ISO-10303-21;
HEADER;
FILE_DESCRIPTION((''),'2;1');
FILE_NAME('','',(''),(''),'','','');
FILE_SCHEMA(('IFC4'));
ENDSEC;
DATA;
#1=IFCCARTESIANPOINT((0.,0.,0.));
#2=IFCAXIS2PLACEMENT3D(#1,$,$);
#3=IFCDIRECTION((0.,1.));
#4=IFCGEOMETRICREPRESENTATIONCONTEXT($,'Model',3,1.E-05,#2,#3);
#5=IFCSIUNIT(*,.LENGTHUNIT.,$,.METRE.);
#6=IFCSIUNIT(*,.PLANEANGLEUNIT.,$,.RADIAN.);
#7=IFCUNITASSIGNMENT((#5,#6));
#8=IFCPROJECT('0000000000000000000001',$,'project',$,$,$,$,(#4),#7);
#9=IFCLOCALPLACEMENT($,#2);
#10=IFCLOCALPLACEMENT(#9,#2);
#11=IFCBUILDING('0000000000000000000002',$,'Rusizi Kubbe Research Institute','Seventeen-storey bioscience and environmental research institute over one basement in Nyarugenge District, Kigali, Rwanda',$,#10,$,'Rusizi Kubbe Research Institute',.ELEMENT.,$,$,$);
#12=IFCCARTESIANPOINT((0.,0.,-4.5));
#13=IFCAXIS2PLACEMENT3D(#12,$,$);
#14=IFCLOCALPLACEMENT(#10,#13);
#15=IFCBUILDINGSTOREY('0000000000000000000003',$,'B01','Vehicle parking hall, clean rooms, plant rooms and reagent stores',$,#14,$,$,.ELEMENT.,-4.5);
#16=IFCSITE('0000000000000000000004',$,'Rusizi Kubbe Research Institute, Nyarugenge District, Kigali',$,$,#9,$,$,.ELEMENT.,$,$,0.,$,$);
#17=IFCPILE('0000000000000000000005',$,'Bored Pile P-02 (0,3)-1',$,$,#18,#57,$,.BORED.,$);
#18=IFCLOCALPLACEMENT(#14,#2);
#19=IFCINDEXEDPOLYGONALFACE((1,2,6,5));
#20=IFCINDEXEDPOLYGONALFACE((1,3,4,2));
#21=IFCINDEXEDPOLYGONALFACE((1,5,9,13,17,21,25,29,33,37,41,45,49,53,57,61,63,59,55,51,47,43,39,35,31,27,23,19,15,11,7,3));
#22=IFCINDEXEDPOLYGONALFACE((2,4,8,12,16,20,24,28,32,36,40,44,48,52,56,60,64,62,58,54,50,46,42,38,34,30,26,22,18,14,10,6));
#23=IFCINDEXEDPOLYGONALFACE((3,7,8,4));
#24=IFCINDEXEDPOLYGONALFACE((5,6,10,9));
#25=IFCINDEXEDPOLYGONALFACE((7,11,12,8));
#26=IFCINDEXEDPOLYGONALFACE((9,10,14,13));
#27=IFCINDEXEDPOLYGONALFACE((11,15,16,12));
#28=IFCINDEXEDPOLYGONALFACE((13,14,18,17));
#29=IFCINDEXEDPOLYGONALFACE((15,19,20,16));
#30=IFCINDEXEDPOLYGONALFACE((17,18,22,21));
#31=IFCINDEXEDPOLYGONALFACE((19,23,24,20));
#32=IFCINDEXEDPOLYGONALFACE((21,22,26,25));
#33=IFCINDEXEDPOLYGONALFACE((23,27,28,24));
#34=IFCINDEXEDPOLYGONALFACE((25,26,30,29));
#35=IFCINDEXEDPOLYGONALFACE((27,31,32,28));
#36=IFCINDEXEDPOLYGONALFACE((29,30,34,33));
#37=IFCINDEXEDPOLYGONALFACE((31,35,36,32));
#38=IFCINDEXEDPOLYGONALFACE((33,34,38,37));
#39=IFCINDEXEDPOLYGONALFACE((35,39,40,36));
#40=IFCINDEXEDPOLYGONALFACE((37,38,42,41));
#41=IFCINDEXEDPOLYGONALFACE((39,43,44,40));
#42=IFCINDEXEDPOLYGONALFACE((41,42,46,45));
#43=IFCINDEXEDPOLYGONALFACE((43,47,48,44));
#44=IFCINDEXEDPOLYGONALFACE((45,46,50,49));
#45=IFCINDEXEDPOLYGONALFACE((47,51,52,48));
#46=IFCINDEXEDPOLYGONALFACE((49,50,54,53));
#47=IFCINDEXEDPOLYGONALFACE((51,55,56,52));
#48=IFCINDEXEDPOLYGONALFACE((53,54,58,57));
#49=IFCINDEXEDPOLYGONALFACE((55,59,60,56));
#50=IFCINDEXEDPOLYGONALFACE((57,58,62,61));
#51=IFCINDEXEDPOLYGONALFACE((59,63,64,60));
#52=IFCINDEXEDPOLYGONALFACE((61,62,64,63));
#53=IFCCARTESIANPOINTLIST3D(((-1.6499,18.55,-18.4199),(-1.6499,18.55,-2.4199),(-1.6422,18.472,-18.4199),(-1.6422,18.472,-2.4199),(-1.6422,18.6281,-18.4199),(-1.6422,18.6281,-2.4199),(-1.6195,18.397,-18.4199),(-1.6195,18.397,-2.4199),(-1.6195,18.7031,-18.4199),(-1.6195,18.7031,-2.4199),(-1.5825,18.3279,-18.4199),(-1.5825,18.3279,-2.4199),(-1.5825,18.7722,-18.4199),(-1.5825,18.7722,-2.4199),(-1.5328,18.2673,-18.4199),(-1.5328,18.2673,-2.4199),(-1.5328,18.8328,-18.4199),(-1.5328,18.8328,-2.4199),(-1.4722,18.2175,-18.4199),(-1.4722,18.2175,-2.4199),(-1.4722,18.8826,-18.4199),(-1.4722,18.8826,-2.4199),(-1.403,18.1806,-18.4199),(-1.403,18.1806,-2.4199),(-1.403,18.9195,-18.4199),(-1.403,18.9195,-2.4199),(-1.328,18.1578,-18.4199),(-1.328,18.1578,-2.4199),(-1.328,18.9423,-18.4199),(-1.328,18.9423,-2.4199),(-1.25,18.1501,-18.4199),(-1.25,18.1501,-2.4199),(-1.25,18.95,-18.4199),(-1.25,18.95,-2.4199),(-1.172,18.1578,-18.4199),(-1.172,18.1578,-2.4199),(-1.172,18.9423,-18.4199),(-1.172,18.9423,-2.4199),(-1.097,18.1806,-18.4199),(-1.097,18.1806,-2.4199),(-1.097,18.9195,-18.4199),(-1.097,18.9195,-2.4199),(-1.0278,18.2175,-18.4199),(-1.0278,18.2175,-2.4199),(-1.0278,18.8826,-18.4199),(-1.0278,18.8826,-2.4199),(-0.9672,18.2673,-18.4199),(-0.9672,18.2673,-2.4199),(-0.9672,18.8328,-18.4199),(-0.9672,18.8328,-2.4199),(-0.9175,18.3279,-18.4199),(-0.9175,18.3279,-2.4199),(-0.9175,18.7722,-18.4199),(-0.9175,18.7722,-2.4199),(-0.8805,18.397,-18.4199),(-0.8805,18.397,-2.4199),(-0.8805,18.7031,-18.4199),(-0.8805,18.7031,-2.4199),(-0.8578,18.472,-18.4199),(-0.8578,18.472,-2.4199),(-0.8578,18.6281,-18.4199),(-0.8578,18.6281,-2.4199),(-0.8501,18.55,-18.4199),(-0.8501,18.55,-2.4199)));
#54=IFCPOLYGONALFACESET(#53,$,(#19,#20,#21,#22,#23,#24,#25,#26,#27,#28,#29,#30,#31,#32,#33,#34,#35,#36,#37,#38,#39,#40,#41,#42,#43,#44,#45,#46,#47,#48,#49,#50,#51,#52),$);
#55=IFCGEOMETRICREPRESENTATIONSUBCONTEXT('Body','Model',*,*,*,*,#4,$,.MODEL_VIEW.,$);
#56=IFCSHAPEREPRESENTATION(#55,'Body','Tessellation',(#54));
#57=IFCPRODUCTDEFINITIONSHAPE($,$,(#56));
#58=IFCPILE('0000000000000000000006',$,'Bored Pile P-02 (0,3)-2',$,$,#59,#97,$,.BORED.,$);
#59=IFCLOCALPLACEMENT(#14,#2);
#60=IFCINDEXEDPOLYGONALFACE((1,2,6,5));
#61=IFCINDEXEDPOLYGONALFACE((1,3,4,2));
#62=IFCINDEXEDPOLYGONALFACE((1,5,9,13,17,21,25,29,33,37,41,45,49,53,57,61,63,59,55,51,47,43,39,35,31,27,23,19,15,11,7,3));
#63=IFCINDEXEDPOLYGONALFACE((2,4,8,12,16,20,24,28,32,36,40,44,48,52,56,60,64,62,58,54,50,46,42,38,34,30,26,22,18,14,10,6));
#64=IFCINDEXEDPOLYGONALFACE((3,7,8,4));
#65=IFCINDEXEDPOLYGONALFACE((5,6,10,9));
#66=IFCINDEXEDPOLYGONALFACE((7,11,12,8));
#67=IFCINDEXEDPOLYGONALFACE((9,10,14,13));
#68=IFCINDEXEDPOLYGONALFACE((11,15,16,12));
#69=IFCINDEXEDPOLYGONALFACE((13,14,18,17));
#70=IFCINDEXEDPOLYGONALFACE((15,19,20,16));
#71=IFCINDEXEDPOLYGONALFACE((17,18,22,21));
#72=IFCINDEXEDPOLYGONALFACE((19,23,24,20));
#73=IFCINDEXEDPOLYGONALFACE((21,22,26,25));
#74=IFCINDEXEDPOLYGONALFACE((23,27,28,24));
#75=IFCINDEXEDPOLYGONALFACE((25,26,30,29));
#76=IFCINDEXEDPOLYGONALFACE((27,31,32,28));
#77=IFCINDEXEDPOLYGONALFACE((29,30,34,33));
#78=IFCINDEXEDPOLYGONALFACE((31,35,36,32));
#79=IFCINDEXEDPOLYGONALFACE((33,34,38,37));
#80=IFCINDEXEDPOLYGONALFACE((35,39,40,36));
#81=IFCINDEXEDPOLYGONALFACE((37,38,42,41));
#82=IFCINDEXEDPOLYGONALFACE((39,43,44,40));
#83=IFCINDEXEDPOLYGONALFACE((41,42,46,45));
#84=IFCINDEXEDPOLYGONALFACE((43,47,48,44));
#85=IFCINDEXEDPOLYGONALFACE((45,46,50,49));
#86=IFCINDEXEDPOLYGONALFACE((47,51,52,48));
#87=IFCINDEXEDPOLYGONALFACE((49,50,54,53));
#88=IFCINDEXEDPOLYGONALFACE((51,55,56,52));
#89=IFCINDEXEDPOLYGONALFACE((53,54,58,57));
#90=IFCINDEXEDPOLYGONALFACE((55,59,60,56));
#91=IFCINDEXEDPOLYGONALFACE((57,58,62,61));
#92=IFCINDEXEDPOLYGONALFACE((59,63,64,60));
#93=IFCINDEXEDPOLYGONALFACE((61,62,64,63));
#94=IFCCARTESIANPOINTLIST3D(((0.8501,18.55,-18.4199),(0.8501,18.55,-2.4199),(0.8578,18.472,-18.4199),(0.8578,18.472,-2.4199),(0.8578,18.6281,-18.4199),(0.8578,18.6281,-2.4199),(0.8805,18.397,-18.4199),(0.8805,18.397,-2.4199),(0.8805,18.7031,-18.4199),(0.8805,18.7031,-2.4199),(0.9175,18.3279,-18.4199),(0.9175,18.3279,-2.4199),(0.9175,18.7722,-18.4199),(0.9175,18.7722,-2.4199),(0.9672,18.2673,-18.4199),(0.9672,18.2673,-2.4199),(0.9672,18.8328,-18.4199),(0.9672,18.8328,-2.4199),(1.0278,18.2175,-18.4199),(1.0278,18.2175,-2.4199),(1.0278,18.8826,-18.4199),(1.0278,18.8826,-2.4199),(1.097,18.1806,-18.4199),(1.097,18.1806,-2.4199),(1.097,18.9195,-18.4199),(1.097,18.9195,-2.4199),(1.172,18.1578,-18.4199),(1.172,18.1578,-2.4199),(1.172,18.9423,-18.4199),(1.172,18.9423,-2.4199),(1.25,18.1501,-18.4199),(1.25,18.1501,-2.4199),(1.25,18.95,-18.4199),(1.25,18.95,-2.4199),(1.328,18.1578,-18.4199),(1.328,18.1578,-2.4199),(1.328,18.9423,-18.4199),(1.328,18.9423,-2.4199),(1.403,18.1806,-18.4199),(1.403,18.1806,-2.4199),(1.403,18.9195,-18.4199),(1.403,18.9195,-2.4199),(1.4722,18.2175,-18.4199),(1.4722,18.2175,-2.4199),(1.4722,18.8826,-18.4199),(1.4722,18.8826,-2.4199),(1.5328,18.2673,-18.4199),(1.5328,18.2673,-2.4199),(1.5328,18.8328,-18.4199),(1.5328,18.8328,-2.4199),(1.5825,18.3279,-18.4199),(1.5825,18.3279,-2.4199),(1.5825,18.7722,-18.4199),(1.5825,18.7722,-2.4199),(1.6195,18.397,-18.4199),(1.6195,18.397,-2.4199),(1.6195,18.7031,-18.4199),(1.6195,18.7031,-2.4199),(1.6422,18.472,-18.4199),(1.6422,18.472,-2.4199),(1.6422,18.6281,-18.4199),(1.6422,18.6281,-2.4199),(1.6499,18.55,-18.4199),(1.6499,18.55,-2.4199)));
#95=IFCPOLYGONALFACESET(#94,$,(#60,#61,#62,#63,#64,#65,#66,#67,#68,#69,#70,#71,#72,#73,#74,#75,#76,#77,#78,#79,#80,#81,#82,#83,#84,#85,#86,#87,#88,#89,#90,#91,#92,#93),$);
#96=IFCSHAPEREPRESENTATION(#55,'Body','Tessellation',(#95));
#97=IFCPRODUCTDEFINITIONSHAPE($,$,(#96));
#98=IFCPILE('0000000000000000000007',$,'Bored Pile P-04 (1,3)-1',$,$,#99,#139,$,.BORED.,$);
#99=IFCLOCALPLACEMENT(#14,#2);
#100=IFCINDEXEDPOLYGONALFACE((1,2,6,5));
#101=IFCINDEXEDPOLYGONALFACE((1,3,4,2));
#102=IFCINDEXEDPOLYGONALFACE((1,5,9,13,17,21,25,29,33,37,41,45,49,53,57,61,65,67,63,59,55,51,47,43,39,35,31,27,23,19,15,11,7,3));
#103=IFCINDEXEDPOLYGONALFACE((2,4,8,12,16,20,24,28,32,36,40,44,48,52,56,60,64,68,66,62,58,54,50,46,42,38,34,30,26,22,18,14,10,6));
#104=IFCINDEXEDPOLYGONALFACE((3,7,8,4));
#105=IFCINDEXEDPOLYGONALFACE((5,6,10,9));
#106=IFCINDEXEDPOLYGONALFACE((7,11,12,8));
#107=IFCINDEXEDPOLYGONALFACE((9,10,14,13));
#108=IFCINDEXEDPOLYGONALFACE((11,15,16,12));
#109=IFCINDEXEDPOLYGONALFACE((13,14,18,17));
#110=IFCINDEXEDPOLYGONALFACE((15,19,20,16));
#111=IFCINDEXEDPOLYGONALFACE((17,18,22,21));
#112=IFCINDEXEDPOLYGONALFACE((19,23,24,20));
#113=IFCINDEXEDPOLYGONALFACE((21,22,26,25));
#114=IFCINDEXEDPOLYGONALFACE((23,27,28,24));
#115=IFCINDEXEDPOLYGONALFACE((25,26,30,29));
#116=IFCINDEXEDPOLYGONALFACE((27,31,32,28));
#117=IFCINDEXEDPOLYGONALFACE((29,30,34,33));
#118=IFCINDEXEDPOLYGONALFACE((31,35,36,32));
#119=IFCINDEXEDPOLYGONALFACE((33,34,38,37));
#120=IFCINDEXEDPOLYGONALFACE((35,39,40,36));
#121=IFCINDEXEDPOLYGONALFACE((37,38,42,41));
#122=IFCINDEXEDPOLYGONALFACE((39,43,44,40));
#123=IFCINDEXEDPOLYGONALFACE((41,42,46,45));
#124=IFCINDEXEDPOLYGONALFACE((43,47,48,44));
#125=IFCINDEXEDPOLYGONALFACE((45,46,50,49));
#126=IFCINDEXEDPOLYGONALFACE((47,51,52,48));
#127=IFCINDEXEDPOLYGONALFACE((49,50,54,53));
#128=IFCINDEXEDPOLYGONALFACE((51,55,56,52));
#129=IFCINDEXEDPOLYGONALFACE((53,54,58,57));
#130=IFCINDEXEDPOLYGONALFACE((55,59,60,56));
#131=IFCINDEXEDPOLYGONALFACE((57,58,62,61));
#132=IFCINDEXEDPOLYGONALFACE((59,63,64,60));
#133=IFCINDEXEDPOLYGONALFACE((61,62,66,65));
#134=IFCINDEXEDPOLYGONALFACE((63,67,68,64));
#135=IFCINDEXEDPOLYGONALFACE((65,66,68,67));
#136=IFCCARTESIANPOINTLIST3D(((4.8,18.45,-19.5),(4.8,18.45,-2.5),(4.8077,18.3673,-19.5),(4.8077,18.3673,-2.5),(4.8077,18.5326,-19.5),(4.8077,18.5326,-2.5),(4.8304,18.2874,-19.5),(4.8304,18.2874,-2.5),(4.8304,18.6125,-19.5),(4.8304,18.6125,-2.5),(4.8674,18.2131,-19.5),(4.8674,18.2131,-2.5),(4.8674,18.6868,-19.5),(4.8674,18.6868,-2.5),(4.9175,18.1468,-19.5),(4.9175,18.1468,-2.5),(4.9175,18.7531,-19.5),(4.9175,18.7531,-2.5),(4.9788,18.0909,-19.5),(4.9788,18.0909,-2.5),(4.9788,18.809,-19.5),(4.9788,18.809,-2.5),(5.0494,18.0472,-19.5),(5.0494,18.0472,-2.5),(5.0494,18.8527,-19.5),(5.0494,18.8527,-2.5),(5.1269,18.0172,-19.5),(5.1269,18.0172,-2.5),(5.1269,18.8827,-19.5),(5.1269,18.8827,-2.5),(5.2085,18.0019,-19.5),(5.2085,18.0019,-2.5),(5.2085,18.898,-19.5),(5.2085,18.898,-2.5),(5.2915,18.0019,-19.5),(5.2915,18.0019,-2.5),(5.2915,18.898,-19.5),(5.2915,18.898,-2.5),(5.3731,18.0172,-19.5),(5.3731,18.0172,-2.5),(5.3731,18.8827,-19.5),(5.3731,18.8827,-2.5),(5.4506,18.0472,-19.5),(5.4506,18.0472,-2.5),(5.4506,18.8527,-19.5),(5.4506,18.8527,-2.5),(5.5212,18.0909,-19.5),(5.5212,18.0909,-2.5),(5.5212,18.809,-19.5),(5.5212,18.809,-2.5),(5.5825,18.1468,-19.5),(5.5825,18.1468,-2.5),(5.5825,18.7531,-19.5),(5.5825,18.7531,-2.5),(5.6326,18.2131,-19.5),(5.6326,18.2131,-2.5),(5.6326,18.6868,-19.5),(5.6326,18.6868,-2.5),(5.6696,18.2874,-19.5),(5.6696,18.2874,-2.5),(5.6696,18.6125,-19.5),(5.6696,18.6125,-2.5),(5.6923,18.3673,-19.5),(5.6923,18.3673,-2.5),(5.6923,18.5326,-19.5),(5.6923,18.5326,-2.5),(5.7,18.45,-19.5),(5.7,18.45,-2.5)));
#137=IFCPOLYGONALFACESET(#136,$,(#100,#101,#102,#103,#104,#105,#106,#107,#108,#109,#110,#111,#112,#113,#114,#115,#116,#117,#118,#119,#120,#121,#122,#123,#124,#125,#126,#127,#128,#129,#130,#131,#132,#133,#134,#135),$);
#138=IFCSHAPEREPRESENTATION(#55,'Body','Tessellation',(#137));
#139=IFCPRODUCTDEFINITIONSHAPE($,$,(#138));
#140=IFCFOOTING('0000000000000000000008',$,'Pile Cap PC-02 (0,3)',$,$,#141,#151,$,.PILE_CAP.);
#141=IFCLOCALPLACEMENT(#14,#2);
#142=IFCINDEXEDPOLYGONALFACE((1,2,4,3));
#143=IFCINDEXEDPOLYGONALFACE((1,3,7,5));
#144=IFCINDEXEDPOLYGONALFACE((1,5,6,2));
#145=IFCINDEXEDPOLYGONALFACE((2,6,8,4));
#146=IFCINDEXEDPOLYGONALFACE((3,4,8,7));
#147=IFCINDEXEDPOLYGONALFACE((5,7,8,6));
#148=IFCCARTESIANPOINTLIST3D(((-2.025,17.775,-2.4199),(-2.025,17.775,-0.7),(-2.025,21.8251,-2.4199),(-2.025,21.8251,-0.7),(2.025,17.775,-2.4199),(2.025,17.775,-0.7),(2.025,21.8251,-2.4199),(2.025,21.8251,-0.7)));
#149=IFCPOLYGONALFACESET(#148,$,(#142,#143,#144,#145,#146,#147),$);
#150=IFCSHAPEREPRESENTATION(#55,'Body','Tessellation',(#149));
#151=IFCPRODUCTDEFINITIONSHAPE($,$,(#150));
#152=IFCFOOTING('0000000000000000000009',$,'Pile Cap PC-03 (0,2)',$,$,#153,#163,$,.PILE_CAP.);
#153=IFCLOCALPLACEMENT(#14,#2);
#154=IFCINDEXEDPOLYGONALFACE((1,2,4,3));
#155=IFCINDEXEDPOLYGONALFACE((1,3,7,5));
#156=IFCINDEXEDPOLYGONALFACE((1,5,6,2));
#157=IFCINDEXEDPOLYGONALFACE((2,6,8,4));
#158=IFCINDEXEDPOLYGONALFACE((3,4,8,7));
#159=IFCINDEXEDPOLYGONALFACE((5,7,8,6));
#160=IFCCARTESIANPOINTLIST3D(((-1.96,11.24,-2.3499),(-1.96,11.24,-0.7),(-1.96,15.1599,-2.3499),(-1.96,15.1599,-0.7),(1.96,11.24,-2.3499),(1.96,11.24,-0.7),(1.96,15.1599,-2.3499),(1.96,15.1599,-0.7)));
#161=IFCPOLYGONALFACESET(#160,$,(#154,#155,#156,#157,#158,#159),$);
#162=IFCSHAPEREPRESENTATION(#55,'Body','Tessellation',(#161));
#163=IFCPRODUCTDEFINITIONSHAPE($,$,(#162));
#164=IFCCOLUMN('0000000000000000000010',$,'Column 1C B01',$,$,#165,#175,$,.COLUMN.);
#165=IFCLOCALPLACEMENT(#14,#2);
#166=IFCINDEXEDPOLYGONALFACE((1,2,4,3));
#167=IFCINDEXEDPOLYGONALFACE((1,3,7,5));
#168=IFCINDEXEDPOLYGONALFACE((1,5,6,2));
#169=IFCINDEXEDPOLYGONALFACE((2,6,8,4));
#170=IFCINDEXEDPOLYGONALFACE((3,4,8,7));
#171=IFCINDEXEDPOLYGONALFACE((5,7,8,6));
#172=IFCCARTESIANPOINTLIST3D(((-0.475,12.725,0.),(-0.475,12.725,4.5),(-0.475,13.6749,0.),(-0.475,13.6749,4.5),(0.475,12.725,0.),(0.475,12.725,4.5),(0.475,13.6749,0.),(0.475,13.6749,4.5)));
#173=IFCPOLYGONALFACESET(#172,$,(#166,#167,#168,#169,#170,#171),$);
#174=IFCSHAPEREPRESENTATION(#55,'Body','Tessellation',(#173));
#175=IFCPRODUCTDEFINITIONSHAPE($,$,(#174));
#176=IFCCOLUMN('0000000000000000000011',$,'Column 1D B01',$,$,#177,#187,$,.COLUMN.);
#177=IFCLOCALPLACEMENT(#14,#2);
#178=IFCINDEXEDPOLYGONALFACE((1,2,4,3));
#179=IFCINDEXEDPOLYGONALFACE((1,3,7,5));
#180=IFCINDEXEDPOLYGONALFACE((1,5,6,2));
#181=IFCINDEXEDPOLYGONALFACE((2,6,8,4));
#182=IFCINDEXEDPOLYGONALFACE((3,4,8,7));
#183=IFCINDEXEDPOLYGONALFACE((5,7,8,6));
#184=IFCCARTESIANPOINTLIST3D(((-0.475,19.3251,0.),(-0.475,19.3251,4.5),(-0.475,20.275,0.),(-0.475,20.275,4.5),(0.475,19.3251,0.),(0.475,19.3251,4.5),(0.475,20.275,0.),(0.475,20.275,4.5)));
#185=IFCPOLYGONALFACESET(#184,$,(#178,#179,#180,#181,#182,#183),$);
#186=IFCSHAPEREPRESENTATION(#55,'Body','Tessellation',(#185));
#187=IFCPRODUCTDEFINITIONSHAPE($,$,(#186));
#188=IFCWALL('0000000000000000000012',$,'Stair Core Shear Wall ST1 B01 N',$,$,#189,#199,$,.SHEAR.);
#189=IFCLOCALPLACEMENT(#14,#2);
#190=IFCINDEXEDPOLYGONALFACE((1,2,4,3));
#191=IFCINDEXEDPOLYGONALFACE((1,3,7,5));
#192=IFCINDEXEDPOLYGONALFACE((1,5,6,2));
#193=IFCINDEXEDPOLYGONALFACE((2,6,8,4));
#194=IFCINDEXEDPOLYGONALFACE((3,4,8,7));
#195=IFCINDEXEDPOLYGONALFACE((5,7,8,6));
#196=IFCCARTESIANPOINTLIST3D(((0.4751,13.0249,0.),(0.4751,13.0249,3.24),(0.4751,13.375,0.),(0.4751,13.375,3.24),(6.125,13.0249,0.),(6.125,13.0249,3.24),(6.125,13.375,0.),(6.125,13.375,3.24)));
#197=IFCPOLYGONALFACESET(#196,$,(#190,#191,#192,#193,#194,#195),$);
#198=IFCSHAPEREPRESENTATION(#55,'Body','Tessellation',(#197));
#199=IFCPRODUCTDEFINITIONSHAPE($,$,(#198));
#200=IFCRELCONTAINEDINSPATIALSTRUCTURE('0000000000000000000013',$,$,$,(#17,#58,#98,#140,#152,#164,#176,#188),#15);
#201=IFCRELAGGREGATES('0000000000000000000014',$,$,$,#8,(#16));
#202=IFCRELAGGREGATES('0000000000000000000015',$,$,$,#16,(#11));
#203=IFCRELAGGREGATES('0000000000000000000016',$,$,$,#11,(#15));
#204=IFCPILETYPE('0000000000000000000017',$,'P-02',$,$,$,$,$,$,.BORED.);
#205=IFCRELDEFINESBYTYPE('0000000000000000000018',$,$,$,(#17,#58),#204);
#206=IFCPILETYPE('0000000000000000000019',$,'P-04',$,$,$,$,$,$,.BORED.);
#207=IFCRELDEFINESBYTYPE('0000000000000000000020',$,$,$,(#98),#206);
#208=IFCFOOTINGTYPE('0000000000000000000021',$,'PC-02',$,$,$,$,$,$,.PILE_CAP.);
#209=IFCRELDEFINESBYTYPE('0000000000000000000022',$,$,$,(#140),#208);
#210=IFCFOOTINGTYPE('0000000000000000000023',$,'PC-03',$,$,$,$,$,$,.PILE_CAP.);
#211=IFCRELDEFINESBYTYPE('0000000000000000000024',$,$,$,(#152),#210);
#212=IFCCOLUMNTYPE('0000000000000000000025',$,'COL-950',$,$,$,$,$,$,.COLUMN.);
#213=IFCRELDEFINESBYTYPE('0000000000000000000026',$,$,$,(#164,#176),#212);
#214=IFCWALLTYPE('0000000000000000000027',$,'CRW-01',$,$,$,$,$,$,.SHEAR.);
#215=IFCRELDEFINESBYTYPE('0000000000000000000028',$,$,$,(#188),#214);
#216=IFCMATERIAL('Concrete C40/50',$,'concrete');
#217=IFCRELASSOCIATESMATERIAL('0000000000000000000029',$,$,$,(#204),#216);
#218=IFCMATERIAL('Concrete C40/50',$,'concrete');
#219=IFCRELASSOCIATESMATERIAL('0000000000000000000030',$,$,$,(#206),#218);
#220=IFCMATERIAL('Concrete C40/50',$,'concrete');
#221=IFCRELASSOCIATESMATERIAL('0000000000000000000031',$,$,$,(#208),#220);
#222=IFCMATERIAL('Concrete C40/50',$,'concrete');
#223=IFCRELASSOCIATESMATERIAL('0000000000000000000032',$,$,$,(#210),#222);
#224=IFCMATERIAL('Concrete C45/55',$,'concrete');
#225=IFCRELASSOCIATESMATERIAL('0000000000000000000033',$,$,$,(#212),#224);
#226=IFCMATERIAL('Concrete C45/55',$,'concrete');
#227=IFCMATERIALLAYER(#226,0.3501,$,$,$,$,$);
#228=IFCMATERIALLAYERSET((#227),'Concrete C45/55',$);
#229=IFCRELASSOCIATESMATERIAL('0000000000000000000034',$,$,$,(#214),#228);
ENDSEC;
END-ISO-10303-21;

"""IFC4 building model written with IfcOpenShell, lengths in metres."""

from ifc_helpers import new_model, si_unit, direction, frame, frame_2d, origin, origin_2d, place, context, subcontext, project, spatial, rectangle, circle, extrude, material, layer, layer_set, material_profile, profile_set, type_object, element, save


model = new_model("IFC4")

# Units and contexts
model_context = context("Model", 3, precision=1e-05, world=origin(), true_north=direction((0.0, 1.0)))
body_context = subcontext(model_context, "Body", "Model", "MODEL_VIEW")
ifc_project = project(units=[si_unit("LENGTHUNIT", "METRE"), si_unit("PLANEANGLEUNIT", "RADIAN")], contexts=[model_context])

# Site, building, storey
site_placement = place(None, origin())
site = spatial("IfcSite", under=ifc_project, at=site_placement, Name="Rusizi Kubbe Research Institute, Nyarugenge District, Kigali", CompositionType="ELEMENT", RefElevation=0.0)
building_placement = place(site_placement, origin())
building = spatial("IfcBuilding", under=site, at=building_placement, Name="Rusizi Kubbe Research Institute", Description="Seventeen-storey bioscience and environmental research institute over one basement in Nyarugenge District, Kigali, Rwanda", LongName="Rusizi Kubbe Research Institute", CompositionType="ELEMENT")
storey_placement = place(building_placement, frame((0.0, 0.0, -4.5)))
storey = spatial("IfcBuildingStorey", under=building, at=storey_placement, Name="B01", Description="Vehicle parking hall, clean rooms, plant rooms and reagent stores", CompositionType="ELEMENT", Elevation=-4.5)

# Piles
ifc_material_1 = material(Name="Concrete C40/50", Category="concrete")
ifc_material_profile_1 = material_profile(ifc_material_1, circle(Radius=0.3999, at=origin_2d()), Name="PILE-D800")
ifc_profile_set_1 = profile_set([ifc_material_profile_1], Name="Concrete C40/50")
pile_type_1 = type_object("IfcPileType", Name="P-02", PredefinedType="BORED", material=ifc_profile_set_1)
for number, where, z_axis, x_axis, name in (
    (1, (-1.25, 18.55, -2.4199), (0.0, 0.0, -1.0), (1.0, 0.0, 0.0), "Bored Pile P-02 (0,3)-1"),
    (2, (1.25, 18.55, -2.4199), (0.0, 0.0, -1.0), (1.0, 0.0, 0.0), "Bored Pile P-02 (0,3)-2"),
):
    element("IfcPile", number, at=place(storey_placement, frame(where, z_axis=z_axis, x_axis=x_axis)), inside=storey, type_object=pile_type_1, Name=name, PredefinedType="BORED", context=body_context, shape_type="SweptSolid", body=[
        extrude(circle(Radius=0.3999, at=origin_2d()), origin(), (0.0, 0.0, 1.0), 16.0),
    ])
ifc_material_2 = material(Name="Concrete C40/50", Category="concrete")
ifc_material_profile_2 = material_profile(ifc_material_2, circle(Radius=0.45, at=origin_2d()), Name="PILE-D900")
ifc_profile_set_2 = profile_set([ifc_material_profile_2], Name="Concrete C40/50")
pile_type_2 = type_object("IfcPileType", Name="P-04", PredefinedType="BORED", material=ifc_profile_set_2)
pile_placement = place(storey_placement, frame((5.25, 18.45, -2.5), z_axis=(0.0, 0.0, -1.0), x_axis=(1.0, 0.0, 0.0)))
element("IfcPile", 3, at=pile_placement, inside=storey, type_object=pile_type_2, Name="Bored Pile P-04 (1,3)-1", PredefinedType="BORED", context=body_context, shape_type="SweptSolid", body=[
    extrude(circle(Radius=0.45, at=origin_2d()), origin(), (0.0, 0.0, 1.0), 17.0),
])

# Footings
ifc_material_3 = material(Name="Concrete C40/50", Category="concrete")
footing_type_1 = type_object("IfcFootingType", Name="PC-02", PredefinedType="PILE_CAP", material=ifc_material_3)
footing_1_placement = place(storey_placement, frame((0.0, 19.8, -2.4199), z_axis=(0.0, 0.0, 1.0), x_axis=(1.0, 0.0, 0.0)))
element("IfcFooting", 4, at=footing_1_placement, inside=storey, type_object=footing_type_1, Name="Pile Cap PC-02 (0,3)", PredefinedType="PILE_CAP", context=body_context, shape_type="SweptSolid", body=[
    extrude(rectangle(XDim=4.05, YDim=4.05, at=origin_2d()), origin(), (0.0, 0.0, 1.0), 1.72),
])
ifc_material_4 = material(Name="Concrete C40/50", Category="concrete")
footing_type_2 = type_object("IfcFootingType", Name="PC-03", PredefinedType="PILE_CAP", material=ifc_material_4)
footing_2_placement = place(storey_placement, frame((0.0, 13.2, -2.3499), z_axis=(0.0, 0.0, 1.0), x_axis=(1.0, 0.0, 0.0)))
element("IfcFooting", 5, at=footing_2_placement, inside=storey, type_object=footing_type_2, Name="Pile Cap PC-03 (0,2)", PredefinedType="PILE_CAP", context=body_context, shape_type="SweptSolid", body=[
    extrude(rectangle(XDim=3.9199, YDim=3.9199, at=origin_2d()), origin(), (0.0, 0.0, 1.0), 1.6499),
])

# Columns
ifc_material_5 = material(Name="Concrete C45/55", Category="concrete")
ifc_material_profile_3 = material_profile(ifc_material_5, rectangle(XDim=0.95, YDim=0.95, at=origin_2d()), Name="RC950x950")
ifc_profile_set_3 = profile_set([ifc_material_profile_3], Name="Concrete C45/55")
column_type = type_object("IfcColumnType", Name="COL-950", PredefinedType="COLUMN", material=ifc_profile_set_3)
for number, where, z_axis, x_axis, name in (
    (6, (0.0, 13.2, 0.0), (0.0, 0.0, 1.0), (1.0, 0.0, 0.0), "Column 1C B01"),
    (7, (0.0, 19.8, 0.0), (0.0, 0.0, 1.0), (1.0, 0.0, 0.0), "Column 1D B01"),
):
    element("IfcColumn", number, at=place(storey_placement, frame(where, z_axis=z_axis, x_axis=x_axis)), inside=storey, type_object=column_type, Name=name, PredefinedType="COLUMN", context=body_context, shape_type="SweptSolid", body=[
        extrude(rectangle(XDim=0.95, YDim=0.95, at=origin_2d()), origin(), (0.0, 0.0, 1.0), 4.5),
    ])

# Wall
ifc_material_6 = material(Name="Concrete C45/55", Category="concrete")
ifc_layer_1 = layer(ifc_material_6, 0.3501)
ifc_layer_set_1 = layer_set([ifc_layer_1], Name="Concrete C45/55")
wall_type_1 = type_object("IfcWallType", Name="CRW-01", PredefinedType="SHEAR", material=ifc_layer_set_1)
wall_1_placement = place(storey_placement, frame((0.4751, 13.2, 0.0), z_axis=(0.0, 0.0, 1.0), x_axis=(1.0, 0.0, 0.0)))
element("IfcWall", 8, at=wall_1_placement, inside=storey, type_object=wall_type_1, Name="Stair Core Shear Wall ST1 B01 N", PredefinedType="SHEAR", context=body_context, shape_type="SweptSolid", body=[
    extrude(rectangle(XDim=5.6499, YDim=0.3501, at=frame_2d((2.825, 0.0))), origin(), (0.0, 0.0, 1.0), 3.24),
])

save(model, "model.ifc")
